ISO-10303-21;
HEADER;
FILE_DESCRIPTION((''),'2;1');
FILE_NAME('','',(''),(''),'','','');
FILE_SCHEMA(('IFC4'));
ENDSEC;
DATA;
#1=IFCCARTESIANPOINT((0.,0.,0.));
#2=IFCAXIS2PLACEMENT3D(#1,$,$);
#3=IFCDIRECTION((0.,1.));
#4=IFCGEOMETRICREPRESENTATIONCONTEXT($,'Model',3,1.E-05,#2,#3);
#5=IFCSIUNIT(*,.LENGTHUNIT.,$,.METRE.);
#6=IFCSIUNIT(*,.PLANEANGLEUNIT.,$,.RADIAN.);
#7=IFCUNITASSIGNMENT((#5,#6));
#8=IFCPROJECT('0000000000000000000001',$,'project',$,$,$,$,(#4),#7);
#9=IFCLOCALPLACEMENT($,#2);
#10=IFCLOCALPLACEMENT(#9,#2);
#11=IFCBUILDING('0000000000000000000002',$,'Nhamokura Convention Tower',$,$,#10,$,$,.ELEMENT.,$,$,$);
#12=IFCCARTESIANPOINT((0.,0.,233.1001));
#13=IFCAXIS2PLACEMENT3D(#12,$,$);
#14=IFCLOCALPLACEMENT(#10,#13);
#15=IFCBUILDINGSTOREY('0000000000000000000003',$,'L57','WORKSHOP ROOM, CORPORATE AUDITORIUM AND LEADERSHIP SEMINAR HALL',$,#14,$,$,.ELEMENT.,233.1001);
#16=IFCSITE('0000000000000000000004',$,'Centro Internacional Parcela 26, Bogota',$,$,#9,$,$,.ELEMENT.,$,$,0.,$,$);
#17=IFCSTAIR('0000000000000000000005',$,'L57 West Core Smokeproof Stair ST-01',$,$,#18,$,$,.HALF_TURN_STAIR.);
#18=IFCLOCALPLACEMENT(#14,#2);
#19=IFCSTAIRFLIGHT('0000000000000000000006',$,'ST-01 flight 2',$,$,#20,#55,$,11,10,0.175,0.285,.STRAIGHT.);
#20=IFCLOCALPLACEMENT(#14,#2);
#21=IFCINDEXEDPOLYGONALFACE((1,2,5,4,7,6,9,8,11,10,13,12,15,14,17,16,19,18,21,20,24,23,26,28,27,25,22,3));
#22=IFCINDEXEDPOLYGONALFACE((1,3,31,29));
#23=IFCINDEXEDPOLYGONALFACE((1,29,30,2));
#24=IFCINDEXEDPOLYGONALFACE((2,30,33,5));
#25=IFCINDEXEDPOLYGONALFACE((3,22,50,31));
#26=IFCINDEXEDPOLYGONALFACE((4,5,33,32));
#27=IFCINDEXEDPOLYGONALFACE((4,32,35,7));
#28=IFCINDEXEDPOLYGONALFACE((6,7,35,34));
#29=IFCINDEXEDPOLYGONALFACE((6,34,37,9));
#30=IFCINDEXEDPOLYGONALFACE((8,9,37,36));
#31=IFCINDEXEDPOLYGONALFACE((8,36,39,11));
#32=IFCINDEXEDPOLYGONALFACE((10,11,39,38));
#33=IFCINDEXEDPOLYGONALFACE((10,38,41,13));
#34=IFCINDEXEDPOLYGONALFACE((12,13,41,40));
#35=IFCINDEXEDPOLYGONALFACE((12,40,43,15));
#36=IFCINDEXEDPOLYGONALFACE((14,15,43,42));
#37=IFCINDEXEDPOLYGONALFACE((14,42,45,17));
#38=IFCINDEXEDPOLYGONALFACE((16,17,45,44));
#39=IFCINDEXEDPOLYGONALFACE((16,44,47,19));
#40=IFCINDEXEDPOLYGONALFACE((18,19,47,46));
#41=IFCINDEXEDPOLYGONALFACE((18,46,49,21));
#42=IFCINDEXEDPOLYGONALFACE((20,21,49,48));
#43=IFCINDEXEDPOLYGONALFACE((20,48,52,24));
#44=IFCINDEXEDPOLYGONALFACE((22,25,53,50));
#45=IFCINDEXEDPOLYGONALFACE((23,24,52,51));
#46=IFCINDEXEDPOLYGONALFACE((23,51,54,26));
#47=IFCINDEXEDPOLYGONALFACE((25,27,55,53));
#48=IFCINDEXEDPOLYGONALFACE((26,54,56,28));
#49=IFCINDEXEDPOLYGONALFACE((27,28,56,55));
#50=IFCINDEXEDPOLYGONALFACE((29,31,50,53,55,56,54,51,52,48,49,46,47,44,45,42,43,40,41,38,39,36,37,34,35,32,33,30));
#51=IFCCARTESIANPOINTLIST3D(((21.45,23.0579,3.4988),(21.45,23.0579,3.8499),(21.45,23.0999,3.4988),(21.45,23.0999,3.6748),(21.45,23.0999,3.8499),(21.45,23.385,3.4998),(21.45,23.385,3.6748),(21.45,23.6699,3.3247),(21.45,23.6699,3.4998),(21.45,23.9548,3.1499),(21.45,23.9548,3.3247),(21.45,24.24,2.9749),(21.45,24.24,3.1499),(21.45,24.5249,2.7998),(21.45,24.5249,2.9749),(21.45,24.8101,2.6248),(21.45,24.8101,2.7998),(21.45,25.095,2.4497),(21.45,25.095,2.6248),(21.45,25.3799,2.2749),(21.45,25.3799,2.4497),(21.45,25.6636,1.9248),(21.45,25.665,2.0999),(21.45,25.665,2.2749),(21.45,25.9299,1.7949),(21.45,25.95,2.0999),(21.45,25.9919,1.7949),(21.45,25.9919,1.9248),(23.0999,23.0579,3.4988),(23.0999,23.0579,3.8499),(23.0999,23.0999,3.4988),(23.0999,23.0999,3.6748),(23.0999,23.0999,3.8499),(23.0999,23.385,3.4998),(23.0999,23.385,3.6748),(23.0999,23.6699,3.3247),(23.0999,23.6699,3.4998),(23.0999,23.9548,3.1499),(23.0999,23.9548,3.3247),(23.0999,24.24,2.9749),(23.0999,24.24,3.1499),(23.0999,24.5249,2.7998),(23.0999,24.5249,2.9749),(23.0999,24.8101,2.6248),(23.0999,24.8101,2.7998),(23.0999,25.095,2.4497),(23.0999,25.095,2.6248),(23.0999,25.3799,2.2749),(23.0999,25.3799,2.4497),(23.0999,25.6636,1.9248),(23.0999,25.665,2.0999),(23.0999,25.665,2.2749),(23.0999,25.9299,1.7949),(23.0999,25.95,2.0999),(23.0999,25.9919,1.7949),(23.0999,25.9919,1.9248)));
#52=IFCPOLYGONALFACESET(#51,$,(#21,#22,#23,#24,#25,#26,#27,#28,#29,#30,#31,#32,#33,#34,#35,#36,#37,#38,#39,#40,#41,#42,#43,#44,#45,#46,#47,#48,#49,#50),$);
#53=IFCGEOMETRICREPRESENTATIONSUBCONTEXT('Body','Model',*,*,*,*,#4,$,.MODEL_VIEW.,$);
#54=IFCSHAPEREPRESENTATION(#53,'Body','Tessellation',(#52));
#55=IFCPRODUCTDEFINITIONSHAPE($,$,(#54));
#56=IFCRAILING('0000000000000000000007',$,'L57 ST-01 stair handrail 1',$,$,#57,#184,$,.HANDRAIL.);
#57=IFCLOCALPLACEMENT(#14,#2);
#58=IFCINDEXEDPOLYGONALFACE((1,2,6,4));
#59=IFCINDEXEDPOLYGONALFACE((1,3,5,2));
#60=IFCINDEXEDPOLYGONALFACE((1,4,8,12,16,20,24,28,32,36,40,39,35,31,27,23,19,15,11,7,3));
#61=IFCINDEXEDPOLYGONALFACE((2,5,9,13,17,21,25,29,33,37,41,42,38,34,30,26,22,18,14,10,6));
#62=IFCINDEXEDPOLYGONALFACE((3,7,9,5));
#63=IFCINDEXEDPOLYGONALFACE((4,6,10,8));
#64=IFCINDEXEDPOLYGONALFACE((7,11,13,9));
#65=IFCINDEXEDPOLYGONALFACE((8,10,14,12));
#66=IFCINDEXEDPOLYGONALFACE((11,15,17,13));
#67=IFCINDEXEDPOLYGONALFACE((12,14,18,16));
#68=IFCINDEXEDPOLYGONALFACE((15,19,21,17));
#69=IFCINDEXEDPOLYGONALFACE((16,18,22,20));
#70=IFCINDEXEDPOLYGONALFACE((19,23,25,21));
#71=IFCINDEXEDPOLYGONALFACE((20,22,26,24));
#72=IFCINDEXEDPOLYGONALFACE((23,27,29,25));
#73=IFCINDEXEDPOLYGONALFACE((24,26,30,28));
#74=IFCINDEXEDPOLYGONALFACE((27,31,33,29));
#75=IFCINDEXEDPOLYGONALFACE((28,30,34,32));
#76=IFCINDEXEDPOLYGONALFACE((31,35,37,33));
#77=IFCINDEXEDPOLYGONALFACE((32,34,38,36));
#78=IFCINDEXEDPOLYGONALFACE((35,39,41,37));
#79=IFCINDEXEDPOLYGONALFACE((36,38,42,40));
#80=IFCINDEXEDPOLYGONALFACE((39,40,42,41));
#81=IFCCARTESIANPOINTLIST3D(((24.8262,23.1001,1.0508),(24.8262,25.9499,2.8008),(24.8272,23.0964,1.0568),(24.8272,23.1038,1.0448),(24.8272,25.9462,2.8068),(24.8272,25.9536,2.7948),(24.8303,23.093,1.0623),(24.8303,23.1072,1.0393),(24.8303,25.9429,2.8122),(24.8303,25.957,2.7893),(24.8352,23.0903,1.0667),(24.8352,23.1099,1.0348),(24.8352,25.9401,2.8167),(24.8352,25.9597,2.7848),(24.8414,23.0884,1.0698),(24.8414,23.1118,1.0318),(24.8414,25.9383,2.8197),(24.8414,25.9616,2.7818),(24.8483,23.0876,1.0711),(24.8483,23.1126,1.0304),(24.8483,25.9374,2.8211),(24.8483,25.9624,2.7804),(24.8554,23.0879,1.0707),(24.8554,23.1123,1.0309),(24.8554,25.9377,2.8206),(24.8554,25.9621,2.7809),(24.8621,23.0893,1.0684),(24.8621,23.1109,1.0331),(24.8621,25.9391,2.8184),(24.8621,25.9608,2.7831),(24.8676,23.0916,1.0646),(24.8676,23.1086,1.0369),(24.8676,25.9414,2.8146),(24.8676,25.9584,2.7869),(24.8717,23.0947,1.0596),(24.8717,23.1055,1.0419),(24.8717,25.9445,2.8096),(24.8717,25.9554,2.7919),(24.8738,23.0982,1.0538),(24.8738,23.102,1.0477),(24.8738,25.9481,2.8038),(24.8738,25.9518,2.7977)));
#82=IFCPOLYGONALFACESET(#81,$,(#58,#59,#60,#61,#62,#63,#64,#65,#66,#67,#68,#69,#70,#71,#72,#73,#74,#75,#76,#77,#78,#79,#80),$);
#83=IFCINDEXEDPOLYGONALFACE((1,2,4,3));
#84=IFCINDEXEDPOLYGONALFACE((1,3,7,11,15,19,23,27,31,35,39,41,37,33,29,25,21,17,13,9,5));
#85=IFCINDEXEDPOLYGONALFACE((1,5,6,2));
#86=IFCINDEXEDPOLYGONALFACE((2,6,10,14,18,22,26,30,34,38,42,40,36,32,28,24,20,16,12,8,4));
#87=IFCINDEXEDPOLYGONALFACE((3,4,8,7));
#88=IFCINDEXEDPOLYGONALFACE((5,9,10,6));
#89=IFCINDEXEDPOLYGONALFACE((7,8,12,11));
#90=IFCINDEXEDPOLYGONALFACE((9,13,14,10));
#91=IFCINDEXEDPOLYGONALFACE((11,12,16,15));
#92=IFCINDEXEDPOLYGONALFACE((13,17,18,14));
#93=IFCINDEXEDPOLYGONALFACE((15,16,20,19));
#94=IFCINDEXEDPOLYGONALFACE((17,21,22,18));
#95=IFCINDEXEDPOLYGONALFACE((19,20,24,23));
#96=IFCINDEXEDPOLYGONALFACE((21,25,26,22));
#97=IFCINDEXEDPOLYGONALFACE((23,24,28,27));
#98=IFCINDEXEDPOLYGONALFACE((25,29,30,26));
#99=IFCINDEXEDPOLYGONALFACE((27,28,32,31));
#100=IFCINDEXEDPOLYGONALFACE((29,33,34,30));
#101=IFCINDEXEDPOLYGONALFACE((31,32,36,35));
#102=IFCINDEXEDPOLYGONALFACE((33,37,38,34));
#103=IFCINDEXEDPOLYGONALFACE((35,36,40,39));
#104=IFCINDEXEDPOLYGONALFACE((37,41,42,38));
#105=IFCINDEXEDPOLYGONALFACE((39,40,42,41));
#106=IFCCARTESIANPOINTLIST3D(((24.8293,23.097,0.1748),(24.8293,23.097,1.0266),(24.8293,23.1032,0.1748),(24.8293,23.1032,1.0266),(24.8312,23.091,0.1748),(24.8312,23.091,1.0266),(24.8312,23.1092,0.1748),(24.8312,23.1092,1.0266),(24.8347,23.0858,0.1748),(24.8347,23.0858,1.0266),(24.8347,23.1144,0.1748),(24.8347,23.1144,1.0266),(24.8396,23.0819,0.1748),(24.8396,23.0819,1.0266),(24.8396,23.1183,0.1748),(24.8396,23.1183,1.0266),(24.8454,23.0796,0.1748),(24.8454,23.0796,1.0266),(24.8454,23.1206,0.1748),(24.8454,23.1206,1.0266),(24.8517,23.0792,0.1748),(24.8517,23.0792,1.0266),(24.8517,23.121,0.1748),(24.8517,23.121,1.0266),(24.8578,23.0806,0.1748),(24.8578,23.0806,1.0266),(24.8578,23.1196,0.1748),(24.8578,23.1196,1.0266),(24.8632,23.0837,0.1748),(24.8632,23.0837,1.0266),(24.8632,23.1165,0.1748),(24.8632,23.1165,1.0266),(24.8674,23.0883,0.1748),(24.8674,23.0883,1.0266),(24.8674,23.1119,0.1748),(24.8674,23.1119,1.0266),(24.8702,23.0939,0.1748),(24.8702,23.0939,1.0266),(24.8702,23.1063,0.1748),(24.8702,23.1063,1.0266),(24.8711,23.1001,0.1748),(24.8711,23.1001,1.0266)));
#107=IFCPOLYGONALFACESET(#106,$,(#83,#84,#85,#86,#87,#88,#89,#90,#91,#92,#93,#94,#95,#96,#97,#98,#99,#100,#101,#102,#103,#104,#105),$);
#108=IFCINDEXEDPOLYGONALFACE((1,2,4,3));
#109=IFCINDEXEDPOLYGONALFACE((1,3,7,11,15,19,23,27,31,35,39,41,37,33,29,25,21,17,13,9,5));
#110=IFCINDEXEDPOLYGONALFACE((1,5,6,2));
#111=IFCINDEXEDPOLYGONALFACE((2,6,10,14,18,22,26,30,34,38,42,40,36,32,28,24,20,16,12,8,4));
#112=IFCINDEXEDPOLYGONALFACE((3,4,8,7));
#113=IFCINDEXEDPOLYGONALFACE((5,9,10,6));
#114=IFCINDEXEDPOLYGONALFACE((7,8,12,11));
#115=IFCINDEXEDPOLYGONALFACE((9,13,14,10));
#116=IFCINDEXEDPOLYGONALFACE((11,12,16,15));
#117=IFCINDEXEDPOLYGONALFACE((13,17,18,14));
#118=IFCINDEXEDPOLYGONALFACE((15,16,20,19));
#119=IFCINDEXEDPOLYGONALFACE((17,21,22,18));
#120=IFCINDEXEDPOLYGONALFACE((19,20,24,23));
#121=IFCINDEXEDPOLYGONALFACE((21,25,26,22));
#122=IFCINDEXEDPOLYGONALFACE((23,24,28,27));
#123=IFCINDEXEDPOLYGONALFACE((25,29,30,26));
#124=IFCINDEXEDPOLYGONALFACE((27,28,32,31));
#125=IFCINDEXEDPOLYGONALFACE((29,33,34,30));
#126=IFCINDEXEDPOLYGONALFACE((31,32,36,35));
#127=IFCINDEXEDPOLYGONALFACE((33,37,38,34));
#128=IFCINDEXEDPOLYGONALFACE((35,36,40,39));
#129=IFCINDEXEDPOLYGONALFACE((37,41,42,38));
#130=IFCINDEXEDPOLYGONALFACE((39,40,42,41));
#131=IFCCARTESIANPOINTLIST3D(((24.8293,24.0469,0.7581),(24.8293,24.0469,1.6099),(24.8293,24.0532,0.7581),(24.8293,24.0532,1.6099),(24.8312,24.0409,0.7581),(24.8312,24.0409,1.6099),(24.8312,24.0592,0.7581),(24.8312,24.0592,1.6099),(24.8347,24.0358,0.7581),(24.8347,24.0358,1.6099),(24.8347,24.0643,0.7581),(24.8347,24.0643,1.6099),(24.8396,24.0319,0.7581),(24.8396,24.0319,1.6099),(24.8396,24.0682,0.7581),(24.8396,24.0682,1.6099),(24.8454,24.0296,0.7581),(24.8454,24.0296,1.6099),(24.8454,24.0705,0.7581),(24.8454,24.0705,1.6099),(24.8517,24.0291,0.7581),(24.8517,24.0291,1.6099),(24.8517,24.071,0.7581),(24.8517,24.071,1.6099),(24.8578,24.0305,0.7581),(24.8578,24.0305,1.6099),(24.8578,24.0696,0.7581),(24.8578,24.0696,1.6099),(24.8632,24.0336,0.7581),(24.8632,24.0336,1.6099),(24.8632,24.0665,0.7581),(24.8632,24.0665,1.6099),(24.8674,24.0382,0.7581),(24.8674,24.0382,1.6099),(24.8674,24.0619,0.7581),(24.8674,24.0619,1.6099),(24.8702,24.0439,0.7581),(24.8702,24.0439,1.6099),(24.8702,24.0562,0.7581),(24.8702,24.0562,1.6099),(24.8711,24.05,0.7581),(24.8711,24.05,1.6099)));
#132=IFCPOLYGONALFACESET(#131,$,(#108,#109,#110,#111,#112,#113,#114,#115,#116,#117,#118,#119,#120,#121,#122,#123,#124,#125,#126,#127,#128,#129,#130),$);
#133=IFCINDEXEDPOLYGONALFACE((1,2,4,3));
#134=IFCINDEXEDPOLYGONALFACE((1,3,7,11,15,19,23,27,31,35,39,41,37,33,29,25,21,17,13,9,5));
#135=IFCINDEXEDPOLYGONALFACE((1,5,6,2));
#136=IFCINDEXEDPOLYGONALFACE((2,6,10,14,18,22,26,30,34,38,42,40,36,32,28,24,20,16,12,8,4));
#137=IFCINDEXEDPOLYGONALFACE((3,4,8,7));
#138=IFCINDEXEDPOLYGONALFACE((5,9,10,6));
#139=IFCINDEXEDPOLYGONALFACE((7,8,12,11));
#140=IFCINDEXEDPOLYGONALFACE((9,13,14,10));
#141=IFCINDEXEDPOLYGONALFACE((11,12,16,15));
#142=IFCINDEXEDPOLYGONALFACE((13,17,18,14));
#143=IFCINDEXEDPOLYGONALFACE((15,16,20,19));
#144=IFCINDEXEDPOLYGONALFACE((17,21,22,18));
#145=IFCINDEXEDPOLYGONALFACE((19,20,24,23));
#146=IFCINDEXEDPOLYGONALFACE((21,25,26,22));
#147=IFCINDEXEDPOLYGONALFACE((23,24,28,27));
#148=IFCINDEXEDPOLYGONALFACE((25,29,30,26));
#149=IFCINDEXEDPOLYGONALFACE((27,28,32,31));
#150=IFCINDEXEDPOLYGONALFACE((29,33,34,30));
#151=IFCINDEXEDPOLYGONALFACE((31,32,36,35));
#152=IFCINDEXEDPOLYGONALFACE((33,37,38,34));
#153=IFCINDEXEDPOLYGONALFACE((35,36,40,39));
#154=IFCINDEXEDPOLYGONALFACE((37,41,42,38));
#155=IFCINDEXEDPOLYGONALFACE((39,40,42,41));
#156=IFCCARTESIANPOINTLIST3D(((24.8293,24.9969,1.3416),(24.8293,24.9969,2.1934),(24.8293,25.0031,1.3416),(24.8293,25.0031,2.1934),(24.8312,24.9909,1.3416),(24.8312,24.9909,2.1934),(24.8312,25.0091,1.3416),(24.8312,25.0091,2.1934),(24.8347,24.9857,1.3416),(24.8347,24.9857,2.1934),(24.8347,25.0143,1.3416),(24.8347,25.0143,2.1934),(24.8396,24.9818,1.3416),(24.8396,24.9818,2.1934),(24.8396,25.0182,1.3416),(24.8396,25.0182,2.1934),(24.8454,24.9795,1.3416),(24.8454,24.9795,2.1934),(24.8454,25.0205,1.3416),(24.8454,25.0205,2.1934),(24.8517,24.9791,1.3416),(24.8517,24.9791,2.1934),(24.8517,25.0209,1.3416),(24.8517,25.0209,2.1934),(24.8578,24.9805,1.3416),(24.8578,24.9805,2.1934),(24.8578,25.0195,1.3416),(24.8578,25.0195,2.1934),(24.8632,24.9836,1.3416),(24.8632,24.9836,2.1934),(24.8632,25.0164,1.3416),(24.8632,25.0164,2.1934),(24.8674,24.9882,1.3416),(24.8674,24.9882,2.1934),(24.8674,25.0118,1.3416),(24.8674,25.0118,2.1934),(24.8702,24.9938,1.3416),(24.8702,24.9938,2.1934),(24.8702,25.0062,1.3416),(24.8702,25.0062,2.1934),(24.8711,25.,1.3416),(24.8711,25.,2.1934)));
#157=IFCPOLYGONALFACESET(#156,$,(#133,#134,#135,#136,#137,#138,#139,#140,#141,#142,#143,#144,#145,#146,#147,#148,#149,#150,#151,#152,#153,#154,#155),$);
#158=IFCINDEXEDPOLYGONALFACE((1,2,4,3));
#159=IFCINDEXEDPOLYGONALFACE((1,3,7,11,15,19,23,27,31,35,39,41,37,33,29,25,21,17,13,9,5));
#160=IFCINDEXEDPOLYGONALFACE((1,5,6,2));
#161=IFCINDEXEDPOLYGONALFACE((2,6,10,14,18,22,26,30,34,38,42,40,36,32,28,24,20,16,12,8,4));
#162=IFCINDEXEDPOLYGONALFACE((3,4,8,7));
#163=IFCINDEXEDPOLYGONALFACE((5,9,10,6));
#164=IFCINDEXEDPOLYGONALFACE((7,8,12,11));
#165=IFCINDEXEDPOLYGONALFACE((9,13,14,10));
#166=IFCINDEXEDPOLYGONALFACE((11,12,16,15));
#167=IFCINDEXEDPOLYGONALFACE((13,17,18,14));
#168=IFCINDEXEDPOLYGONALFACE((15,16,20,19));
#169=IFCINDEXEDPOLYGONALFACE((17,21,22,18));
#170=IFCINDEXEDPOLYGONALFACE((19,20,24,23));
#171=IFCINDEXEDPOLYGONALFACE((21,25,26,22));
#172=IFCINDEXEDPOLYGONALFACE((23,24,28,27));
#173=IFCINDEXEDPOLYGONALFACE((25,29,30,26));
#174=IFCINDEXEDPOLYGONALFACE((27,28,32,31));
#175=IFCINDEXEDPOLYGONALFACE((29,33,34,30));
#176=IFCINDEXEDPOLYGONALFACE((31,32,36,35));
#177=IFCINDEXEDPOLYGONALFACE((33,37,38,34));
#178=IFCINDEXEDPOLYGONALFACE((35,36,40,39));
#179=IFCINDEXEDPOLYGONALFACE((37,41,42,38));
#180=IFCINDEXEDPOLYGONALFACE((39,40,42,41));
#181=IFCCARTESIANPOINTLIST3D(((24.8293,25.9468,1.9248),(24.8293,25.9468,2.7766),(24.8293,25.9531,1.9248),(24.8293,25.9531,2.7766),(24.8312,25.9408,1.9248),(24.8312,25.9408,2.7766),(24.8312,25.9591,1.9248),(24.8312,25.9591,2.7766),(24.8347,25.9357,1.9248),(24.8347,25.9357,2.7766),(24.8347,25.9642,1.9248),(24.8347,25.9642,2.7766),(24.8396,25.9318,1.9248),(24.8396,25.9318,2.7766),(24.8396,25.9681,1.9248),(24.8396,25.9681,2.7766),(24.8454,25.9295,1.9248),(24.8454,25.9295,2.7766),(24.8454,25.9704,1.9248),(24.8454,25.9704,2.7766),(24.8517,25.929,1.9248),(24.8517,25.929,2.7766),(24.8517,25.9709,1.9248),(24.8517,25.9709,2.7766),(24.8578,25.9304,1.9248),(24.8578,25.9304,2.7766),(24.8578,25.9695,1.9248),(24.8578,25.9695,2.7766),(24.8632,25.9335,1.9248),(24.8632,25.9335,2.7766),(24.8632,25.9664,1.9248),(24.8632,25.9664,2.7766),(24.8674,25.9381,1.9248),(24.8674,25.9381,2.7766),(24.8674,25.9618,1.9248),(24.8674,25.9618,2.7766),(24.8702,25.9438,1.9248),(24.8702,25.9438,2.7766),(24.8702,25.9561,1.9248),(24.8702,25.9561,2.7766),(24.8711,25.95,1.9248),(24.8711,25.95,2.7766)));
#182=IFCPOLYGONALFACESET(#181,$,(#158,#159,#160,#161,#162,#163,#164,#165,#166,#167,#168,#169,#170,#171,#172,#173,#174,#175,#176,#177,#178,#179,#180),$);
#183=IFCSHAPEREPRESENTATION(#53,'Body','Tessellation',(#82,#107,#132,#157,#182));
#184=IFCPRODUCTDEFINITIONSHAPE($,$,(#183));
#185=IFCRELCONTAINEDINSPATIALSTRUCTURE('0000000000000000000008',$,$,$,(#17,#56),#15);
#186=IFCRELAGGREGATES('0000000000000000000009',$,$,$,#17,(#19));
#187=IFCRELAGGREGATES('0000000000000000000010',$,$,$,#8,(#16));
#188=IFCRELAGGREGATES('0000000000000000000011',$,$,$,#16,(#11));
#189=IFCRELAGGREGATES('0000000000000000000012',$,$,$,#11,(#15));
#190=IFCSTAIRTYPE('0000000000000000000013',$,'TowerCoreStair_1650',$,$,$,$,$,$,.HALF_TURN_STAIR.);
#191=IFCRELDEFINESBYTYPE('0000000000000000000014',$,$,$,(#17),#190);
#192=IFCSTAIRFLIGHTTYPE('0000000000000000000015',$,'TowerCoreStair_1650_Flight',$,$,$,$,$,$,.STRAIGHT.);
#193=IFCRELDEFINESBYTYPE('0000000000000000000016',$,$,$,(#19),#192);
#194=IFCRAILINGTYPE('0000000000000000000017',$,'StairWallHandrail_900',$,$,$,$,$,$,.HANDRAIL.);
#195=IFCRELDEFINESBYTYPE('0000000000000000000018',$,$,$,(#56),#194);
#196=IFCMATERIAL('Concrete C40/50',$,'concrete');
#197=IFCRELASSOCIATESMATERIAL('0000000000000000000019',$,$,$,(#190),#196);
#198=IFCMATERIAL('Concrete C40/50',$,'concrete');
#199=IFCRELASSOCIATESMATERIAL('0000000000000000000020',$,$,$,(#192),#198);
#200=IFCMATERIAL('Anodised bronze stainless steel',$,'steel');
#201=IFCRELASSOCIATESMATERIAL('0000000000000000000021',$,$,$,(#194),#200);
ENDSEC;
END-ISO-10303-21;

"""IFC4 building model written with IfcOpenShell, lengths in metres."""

from ifc_helpers import new_model, si_unit, direction, frame, origin, origin_2d, place, context, subcontext, project, spatial, polyline, circle, outline, extrude, material, type_object, element, aggregate, save


model = new_model("IFC4")

# Units and contexts
model_context = context("Model", 3, precision=1e-05, world=origin(), true_north=direction((0.0, 1.0)))
body_context = subcontext(model_context, "Body", "Model", "MODEL_VIEW")
ifc_project = project(units=[si_unit("LENGTHUNIT", "METRE"), si_unit("PLANEANGLEUNIT", "RADIAN")], contexts=[model_context])

# Site, building, storey
site_placement = place(None, origin())
site = spatial("IfcSite", under=ifc_project, at=site_placement, Name="Centro Internacional Parcela 26, Bogota", CompositionType="ELEMENT", RefElevation=0.0)
building_placement = place(site_placement, origin())
building = spatial("IfcBuilding", under=site, at=building_placement, Name="Nhamokura Convention Tower", CompositionType="ELEMENT")
storey_placement = place(building_placement, frame((0.0, 0.0, 233.1001)))
storey = spatial("IfcBuildingStorey", under=building, at=storey_placement, Name="L57", Description="WORKSHOP ROOM, CORPORATE AUDITORIUM AND LEADERSHIP SEMINAR HALL", CompositionType="ELEMENT", Elevation=233.1001)

# Stair, stair flight
ifc_material_1 = material(Name="Concrete C40/50", Category="concrete")
stair_type = type_object("IfcStairType", Name="TowerCoreStair_1650", PredefinedType="HALF_TURN_STAIR", material=ifc_material_1)
stair_placement = place(storey_placement, origin())
stair = element("IfcStair", 1, at=stair_placement, inside=storey, type_object=stair_type, Name="L57 West Core Smokeproof Stair ST-01", PredefinedType="HALF_TURN_STAIR")
ifc_material_2 = material(Name="Concrete C40/50", Category="concrete")
stair_flight_type = type_object("IfcStairFlightType", Name="TowerCoreStair_1650_Flight", PredefinedType="STRAIGHT", material=ifc_material_2)
stair_flight_1_placement = place(storey_placement, frame((22.2749, 25.95, 1.9248), z_axis=(0.0, 0.0, 1.0), x_axis=(0.0, -1.0, 0.0)))
stair_flight_1 = element("IfcStairFlight", 2, at=stair_flight_1_placement, type_object=stair_flight_type, Name="ST-01 flight 2", NumberOfRisers=11, NumberOfTreads=10, PredefinedType="STRAIGHT", RiserHeight=0.175, TreadLength=0.285, context=body_context, shape_type="SweptSolid", body=[
    extrude(outline(polyline([(-0.042, 0.0), (0.0, 0.175), (0.2849, 0.175), (0.2849, 0.3501), (0.5701, 0.3501), (0.5701, 0.5249), (0.855, 0.5249), (0.855, 0.7), (1.1399, 0.7), (1.1399, 0.875), (1.425, 0.875), (1.425, 1.05), (1.71, 1.05), (1.71, 1.2251), (1.9951, 1.2251), (1.9951, 1.3999), (2.28, 1.3999), (2.28, 1.575), (2.5649, 1.575), (2.5649, 1.75), (2.8501, 1.75), (2.8501, 1.925), (2.8921, 1.925), (2.8921, 1.574), (2.8501, 1.574), (0.2864, 0.0), (0.02, -0.1299), (-0.042, -0.1299), (-0.042, 0.0)])), frame((0.0, 0.825, 0.0), z_axis=(0.0, -1.0, 0.0), x_axis=(1.0, 0.0, 0.0)), (0.0, 0.0, 1.0), 1.6499),
])
aggregate(stair, [stair_flight_1])

# Railing
ifc_material_3 = material(Name="Anodised bronze stainless steel", Category="steel")
railing_type_1 = type_object("IfcRailingType", Name="StairWallHandrail_900", PredefinedType="HANDRAIL", material=ifc_material_3)
railing_1_placement = place(storey_placement, frame((24.8501, 23.1001, 0.1748)))
element("IfcRailing", 3, at=railing_1_placement, inside=storey, type_object=railing_type_1, Name="L57 ST-01 stair handrail 1", PredefinedType="HANDRAIL", context=body_context, shape_type="SweptSolid", body=[
    extrude(circle(Radius=0.0239, at=origin_2d()), frame((0.0, 0.0, 0.876), z_axis=(0.0, 0.852159, 0.523283), x_axis=(-1.0, 0.0, 0.0)), (0.0, 0.0, 1.0), 3.3442),
    extrude(circle(Radius=0.021, at=origin_2d()), origin(), (0.0, 0.0, 1.0), 0.8518),
    extrude(circle(Radius=0.021, at=origin_2d()), frame((0.0, 0.95, 0.5833)), (0.0, 0.0, 1.0), 0.8518),
    extrude(circle(Radius=0.021, at=origin_2d()), frame((0.0, 1.8999, 1.1667)), (0.0, 0.0, 1.0), 0.8518),
    extrude(circle(Radius=0.021, at=origin_2d()), frame((0.0, 2.8499, 1.75)), (0.0, 0.0, 1.0), 0.8518),
])

save(model, "model.ifc")
